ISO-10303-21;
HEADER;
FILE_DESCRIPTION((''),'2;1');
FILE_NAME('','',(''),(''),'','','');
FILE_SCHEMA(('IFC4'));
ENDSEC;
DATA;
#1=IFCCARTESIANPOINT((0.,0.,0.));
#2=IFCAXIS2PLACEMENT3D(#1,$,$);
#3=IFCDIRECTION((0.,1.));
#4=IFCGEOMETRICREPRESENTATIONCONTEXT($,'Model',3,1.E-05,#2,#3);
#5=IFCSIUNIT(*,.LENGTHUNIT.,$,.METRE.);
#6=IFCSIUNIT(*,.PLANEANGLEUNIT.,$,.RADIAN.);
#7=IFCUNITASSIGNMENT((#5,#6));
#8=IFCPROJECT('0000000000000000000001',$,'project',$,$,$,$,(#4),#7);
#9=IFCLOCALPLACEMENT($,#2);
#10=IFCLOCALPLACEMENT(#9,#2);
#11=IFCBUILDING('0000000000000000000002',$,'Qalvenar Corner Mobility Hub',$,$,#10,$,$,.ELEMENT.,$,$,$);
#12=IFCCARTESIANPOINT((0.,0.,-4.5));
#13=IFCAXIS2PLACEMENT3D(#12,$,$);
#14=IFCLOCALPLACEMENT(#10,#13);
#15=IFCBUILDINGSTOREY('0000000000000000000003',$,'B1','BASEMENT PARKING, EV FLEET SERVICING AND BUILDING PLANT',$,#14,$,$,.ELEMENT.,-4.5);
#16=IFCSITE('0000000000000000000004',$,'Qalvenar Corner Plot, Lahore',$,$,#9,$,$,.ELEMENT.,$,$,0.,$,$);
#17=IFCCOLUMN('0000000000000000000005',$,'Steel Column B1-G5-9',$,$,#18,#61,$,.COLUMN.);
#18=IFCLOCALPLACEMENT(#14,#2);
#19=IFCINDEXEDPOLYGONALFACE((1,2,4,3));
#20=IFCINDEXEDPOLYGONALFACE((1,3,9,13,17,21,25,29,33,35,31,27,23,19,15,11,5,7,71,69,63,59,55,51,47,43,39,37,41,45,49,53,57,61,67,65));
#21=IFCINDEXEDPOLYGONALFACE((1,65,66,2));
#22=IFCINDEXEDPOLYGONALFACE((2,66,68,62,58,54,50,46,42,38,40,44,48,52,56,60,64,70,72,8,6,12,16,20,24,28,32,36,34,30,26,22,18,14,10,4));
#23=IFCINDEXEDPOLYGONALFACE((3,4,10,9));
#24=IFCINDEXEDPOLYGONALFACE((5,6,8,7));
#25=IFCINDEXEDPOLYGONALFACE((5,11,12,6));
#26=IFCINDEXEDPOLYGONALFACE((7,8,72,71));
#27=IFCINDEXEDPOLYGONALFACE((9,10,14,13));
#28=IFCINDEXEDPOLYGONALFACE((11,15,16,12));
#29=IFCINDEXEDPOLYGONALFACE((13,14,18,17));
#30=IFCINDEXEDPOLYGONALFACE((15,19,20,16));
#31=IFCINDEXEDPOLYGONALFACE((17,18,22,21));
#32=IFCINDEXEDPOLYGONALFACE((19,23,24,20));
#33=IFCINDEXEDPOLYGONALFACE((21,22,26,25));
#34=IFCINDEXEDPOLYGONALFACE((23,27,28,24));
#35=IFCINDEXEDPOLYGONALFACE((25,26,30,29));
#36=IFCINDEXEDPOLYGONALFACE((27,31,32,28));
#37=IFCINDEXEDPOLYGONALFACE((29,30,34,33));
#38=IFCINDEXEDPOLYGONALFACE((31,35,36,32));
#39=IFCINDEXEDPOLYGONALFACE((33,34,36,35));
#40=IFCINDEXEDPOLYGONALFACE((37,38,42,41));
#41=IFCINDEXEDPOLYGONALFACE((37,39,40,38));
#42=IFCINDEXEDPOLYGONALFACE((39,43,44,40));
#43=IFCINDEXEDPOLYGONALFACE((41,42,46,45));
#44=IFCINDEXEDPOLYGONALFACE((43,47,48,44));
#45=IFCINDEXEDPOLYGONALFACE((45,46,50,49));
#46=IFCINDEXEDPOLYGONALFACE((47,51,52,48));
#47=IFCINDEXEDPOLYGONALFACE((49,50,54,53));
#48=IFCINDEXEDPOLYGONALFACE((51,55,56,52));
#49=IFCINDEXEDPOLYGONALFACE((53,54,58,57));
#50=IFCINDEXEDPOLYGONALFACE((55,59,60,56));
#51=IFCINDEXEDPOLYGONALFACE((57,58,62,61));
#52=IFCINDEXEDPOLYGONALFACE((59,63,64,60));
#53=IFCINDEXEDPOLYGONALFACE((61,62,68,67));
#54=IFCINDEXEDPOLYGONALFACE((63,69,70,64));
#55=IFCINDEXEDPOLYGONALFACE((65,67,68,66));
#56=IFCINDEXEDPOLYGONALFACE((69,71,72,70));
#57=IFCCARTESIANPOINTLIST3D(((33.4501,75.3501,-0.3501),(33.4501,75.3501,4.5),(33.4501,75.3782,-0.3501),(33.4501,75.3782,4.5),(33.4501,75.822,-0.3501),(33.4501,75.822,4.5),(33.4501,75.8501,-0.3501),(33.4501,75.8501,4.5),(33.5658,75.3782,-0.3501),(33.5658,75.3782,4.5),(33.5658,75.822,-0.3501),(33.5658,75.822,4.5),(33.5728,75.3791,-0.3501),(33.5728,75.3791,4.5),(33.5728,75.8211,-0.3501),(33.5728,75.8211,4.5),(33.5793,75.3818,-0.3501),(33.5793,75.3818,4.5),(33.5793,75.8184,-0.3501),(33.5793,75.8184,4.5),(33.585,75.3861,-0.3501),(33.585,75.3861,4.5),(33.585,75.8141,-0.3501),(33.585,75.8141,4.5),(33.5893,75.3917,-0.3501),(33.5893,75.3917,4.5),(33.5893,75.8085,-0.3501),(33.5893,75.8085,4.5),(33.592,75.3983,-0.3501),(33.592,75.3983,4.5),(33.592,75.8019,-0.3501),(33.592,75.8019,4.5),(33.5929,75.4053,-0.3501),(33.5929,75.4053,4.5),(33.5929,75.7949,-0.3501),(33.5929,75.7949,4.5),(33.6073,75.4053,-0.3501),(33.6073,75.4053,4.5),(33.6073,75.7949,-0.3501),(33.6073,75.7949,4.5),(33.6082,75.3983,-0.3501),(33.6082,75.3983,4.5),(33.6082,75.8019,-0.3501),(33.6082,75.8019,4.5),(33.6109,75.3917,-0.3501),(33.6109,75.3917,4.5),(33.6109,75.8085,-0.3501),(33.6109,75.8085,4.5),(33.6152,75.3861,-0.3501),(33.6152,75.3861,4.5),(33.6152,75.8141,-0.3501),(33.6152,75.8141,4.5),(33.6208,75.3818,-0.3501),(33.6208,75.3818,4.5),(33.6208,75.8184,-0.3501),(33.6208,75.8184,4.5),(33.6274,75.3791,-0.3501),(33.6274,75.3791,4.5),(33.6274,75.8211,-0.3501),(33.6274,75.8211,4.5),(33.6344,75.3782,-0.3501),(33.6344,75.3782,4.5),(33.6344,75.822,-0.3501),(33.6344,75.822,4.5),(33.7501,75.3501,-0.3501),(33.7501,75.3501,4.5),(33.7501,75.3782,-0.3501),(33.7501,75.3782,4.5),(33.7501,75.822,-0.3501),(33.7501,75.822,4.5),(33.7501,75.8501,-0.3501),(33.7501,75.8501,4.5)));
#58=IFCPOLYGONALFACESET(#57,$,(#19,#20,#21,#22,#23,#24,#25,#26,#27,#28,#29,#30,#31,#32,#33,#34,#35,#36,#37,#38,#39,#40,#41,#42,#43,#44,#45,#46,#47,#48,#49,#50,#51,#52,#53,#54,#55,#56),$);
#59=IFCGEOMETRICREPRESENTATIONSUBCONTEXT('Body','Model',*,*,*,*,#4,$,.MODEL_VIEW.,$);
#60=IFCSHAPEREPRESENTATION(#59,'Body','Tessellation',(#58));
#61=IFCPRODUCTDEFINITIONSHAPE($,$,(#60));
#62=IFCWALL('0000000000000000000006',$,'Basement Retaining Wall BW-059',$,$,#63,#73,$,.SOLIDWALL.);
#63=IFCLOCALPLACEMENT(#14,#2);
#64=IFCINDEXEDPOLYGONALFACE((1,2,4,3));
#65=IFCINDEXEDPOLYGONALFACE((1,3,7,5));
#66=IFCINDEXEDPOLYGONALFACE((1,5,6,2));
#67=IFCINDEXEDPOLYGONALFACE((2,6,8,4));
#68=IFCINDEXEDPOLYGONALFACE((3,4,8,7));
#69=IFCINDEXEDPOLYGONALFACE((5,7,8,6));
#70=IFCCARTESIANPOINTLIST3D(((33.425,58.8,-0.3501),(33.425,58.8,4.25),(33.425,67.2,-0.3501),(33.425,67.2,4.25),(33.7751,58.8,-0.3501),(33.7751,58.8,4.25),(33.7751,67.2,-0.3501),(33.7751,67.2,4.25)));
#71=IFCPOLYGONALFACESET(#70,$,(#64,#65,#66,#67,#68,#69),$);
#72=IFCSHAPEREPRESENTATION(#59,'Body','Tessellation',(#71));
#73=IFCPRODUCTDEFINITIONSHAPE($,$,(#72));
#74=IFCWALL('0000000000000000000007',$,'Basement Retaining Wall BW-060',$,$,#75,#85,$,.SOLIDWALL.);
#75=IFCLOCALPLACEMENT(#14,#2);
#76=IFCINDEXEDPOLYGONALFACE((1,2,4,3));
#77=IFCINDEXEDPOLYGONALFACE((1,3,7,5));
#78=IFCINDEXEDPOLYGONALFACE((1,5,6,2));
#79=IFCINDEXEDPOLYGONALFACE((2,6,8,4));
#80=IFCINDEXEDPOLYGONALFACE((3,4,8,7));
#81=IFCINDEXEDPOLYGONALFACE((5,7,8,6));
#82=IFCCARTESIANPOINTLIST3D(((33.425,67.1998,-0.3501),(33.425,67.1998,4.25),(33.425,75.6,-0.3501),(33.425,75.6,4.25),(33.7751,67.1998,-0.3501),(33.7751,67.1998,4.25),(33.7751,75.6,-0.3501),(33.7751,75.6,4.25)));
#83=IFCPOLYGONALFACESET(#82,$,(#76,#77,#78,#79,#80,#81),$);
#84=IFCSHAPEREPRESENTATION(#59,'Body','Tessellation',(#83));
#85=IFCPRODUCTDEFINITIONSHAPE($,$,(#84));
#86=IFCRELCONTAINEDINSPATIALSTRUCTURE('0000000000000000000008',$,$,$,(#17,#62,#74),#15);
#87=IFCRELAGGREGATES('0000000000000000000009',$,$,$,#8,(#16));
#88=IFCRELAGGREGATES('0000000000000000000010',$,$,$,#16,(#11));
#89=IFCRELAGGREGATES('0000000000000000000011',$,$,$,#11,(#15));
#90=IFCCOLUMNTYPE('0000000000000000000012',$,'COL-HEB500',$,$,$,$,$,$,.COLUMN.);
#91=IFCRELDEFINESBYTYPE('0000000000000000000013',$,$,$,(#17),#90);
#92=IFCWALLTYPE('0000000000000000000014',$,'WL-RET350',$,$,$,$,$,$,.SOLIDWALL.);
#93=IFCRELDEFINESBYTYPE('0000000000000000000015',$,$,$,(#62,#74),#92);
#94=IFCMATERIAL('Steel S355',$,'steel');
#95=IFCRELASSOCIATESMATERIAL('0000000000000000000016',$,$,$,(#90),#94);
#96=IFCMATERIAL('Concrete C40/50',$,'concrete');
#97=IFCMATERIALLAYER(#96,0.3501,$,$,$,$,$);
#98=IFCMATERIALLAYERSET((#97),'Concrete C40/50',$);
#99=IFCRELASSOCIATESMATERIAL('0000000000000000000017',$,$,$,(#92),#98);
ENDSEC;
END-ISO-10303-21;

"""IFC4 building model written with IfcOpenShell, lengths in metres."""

from ifc_helpers import new_model, si_unit, direction, frame, frame_2d, origin, origin_2d, place, context, subcontext, project, spatial, rectangle, i_section, extrude, material, layer, layer_set, material_profile, profile_set, type_object, element, save


model = new_model("IFC4")

# Units and contexts
model_context = context("Model", 3, precision=1e-05, world=origin(), true_north=direction((0.0, 1.0)))
body_context = subcontext(model_context, "Body", "Model", "MODEL_VIEW")
ifc_project = project(units=[si_unit("LENGTHUNIT", "METRE"), si_unit("PLANEANGLEUNIT", "RADIAN")], contexts=[model_context])

# Site, building, storey
site_placement = place(None, origin())
site = spatial("IfcSite", under=ifc_project, at=site_placement, Name="Qalvenar Corner Plot, Lahore", CompositionType="ELEMENT", RefElevation=0.0)
building_placement = place(site_placement, origin())
building = spatial("IfcBuilding", under=site, at=building_placement, Name="Qalvenar Corner Mobility Hub", CompositionType="ELEMENT")
storey_placement = place(building_placement, frame((0.0, 0.0, -4.5)))
storey = spatial("IfcBuildingStorey", under=building, at=storey_placement, Name="B1", Description="BASEMENT PARKING, EV FLEET SERVICING AND BUILDING PLANT", CompositionType="ELEMENT", Elevation=-4.5)

# Shared definitions
ifc_material_1 = material(Name="Concrete C40/50", Category="concrete")

# Column
ifc_material_2 = material(Name="Steel S355", Category="steel")
ifc_material_profile_1 = material_profile(ifc_material_2, i_section(OverallWidth=0.3, OverallDepth=0.5, WebThickness=0.0144, FlangeThickness=0.0281, FilletRadius=0.0271, at=origin_2d()), Name="HEB500")
ifc_profile_set_1 = profile_set([ifc_material_profile_1], Name="Steel S355")
column_type_1 = type_object("IfcColumnType", Name="COL-HEB500", PredefinedType="COLUMN", material=ifc_profile_set_1)
for number, where, z_axis, x_axis, name in (
    (1, (33.6001, 75.6001, -0.3501), (0.0, 0.0, 1.0), (1.0, 0.0, 0.0), "Steel Column B1-G5-9"),
):
    element("IfcColumn", number, at=place(storey_placement, frame(where, z_axis=z_axis, x_axis=x_axis)), inside=storey, type_object=column_type_1, Name=name, PredefinedType="COLUMN", context=body_context, shape_type="SweptSolid", body=[
        extrude(i_section(OverallWidth=0.3, OverallDepth=0.5, WebThickness=0.0144, FlangeThickness=0.0281, FilletRadius=0.0271, at=origin_2d()), origin(), (0.0, 0.0, 1.0), 4.8501),
    ])

# Walls
ifc_layer = layer(ifc_material_1, 0.3501)
ifc_layer_set = layer_set([ifc_layer], Name="Concrete C40/50")
wall_type = type_object("IfcWallType", Name="WL-RET350", PredefinedType="SOLIDWALL", material=ifc_layer_set)
wall_1_placement = place(storey_placement, frame((33.6001, 67.2, -0.3501), z_axis=(0.0, 0.0, 1.0), x_axis=(0.0, -1.0, 0.0)))
element("IfcWall", 2, at=wall_1_placement, inside=storey, type_object=wall_type, Name="Basement Retaining Wall BW-059", PredefinedType="SOLIDWALL", context=body_context, shape_type="SweptSolid", body=[
    extrude(rectangle(XDim=8.3999, YDim=0.3501, at=frame_2d((4.2, 0.0))), origin(), (0.0, 0.0, 1.0), 4.6001),
])
wall_2_placement = place(storey_placement, frame((33.6001, 75.6001, -0.3501), z_axis=(0.0, 0.0, 1.0), x_axis=(0.0, -1.0, 0.0)))
element("IfcWall", 3, at=wall_2_placement, inside=storey, type_object=wall_type, Name="Basement Retaining Wall BW-060", PredefinedType="SOLIDWALL", context=body_context, shape_type="SweptSolid", body=[
    extrude(rectangle(XDim=8.4001, YDim=0.3501, at=frame_2d((4.2002, 0.0))), origin(), (0.0, 0.0, 1.0), 4.6001),
])

save(model, "model.ifc")
